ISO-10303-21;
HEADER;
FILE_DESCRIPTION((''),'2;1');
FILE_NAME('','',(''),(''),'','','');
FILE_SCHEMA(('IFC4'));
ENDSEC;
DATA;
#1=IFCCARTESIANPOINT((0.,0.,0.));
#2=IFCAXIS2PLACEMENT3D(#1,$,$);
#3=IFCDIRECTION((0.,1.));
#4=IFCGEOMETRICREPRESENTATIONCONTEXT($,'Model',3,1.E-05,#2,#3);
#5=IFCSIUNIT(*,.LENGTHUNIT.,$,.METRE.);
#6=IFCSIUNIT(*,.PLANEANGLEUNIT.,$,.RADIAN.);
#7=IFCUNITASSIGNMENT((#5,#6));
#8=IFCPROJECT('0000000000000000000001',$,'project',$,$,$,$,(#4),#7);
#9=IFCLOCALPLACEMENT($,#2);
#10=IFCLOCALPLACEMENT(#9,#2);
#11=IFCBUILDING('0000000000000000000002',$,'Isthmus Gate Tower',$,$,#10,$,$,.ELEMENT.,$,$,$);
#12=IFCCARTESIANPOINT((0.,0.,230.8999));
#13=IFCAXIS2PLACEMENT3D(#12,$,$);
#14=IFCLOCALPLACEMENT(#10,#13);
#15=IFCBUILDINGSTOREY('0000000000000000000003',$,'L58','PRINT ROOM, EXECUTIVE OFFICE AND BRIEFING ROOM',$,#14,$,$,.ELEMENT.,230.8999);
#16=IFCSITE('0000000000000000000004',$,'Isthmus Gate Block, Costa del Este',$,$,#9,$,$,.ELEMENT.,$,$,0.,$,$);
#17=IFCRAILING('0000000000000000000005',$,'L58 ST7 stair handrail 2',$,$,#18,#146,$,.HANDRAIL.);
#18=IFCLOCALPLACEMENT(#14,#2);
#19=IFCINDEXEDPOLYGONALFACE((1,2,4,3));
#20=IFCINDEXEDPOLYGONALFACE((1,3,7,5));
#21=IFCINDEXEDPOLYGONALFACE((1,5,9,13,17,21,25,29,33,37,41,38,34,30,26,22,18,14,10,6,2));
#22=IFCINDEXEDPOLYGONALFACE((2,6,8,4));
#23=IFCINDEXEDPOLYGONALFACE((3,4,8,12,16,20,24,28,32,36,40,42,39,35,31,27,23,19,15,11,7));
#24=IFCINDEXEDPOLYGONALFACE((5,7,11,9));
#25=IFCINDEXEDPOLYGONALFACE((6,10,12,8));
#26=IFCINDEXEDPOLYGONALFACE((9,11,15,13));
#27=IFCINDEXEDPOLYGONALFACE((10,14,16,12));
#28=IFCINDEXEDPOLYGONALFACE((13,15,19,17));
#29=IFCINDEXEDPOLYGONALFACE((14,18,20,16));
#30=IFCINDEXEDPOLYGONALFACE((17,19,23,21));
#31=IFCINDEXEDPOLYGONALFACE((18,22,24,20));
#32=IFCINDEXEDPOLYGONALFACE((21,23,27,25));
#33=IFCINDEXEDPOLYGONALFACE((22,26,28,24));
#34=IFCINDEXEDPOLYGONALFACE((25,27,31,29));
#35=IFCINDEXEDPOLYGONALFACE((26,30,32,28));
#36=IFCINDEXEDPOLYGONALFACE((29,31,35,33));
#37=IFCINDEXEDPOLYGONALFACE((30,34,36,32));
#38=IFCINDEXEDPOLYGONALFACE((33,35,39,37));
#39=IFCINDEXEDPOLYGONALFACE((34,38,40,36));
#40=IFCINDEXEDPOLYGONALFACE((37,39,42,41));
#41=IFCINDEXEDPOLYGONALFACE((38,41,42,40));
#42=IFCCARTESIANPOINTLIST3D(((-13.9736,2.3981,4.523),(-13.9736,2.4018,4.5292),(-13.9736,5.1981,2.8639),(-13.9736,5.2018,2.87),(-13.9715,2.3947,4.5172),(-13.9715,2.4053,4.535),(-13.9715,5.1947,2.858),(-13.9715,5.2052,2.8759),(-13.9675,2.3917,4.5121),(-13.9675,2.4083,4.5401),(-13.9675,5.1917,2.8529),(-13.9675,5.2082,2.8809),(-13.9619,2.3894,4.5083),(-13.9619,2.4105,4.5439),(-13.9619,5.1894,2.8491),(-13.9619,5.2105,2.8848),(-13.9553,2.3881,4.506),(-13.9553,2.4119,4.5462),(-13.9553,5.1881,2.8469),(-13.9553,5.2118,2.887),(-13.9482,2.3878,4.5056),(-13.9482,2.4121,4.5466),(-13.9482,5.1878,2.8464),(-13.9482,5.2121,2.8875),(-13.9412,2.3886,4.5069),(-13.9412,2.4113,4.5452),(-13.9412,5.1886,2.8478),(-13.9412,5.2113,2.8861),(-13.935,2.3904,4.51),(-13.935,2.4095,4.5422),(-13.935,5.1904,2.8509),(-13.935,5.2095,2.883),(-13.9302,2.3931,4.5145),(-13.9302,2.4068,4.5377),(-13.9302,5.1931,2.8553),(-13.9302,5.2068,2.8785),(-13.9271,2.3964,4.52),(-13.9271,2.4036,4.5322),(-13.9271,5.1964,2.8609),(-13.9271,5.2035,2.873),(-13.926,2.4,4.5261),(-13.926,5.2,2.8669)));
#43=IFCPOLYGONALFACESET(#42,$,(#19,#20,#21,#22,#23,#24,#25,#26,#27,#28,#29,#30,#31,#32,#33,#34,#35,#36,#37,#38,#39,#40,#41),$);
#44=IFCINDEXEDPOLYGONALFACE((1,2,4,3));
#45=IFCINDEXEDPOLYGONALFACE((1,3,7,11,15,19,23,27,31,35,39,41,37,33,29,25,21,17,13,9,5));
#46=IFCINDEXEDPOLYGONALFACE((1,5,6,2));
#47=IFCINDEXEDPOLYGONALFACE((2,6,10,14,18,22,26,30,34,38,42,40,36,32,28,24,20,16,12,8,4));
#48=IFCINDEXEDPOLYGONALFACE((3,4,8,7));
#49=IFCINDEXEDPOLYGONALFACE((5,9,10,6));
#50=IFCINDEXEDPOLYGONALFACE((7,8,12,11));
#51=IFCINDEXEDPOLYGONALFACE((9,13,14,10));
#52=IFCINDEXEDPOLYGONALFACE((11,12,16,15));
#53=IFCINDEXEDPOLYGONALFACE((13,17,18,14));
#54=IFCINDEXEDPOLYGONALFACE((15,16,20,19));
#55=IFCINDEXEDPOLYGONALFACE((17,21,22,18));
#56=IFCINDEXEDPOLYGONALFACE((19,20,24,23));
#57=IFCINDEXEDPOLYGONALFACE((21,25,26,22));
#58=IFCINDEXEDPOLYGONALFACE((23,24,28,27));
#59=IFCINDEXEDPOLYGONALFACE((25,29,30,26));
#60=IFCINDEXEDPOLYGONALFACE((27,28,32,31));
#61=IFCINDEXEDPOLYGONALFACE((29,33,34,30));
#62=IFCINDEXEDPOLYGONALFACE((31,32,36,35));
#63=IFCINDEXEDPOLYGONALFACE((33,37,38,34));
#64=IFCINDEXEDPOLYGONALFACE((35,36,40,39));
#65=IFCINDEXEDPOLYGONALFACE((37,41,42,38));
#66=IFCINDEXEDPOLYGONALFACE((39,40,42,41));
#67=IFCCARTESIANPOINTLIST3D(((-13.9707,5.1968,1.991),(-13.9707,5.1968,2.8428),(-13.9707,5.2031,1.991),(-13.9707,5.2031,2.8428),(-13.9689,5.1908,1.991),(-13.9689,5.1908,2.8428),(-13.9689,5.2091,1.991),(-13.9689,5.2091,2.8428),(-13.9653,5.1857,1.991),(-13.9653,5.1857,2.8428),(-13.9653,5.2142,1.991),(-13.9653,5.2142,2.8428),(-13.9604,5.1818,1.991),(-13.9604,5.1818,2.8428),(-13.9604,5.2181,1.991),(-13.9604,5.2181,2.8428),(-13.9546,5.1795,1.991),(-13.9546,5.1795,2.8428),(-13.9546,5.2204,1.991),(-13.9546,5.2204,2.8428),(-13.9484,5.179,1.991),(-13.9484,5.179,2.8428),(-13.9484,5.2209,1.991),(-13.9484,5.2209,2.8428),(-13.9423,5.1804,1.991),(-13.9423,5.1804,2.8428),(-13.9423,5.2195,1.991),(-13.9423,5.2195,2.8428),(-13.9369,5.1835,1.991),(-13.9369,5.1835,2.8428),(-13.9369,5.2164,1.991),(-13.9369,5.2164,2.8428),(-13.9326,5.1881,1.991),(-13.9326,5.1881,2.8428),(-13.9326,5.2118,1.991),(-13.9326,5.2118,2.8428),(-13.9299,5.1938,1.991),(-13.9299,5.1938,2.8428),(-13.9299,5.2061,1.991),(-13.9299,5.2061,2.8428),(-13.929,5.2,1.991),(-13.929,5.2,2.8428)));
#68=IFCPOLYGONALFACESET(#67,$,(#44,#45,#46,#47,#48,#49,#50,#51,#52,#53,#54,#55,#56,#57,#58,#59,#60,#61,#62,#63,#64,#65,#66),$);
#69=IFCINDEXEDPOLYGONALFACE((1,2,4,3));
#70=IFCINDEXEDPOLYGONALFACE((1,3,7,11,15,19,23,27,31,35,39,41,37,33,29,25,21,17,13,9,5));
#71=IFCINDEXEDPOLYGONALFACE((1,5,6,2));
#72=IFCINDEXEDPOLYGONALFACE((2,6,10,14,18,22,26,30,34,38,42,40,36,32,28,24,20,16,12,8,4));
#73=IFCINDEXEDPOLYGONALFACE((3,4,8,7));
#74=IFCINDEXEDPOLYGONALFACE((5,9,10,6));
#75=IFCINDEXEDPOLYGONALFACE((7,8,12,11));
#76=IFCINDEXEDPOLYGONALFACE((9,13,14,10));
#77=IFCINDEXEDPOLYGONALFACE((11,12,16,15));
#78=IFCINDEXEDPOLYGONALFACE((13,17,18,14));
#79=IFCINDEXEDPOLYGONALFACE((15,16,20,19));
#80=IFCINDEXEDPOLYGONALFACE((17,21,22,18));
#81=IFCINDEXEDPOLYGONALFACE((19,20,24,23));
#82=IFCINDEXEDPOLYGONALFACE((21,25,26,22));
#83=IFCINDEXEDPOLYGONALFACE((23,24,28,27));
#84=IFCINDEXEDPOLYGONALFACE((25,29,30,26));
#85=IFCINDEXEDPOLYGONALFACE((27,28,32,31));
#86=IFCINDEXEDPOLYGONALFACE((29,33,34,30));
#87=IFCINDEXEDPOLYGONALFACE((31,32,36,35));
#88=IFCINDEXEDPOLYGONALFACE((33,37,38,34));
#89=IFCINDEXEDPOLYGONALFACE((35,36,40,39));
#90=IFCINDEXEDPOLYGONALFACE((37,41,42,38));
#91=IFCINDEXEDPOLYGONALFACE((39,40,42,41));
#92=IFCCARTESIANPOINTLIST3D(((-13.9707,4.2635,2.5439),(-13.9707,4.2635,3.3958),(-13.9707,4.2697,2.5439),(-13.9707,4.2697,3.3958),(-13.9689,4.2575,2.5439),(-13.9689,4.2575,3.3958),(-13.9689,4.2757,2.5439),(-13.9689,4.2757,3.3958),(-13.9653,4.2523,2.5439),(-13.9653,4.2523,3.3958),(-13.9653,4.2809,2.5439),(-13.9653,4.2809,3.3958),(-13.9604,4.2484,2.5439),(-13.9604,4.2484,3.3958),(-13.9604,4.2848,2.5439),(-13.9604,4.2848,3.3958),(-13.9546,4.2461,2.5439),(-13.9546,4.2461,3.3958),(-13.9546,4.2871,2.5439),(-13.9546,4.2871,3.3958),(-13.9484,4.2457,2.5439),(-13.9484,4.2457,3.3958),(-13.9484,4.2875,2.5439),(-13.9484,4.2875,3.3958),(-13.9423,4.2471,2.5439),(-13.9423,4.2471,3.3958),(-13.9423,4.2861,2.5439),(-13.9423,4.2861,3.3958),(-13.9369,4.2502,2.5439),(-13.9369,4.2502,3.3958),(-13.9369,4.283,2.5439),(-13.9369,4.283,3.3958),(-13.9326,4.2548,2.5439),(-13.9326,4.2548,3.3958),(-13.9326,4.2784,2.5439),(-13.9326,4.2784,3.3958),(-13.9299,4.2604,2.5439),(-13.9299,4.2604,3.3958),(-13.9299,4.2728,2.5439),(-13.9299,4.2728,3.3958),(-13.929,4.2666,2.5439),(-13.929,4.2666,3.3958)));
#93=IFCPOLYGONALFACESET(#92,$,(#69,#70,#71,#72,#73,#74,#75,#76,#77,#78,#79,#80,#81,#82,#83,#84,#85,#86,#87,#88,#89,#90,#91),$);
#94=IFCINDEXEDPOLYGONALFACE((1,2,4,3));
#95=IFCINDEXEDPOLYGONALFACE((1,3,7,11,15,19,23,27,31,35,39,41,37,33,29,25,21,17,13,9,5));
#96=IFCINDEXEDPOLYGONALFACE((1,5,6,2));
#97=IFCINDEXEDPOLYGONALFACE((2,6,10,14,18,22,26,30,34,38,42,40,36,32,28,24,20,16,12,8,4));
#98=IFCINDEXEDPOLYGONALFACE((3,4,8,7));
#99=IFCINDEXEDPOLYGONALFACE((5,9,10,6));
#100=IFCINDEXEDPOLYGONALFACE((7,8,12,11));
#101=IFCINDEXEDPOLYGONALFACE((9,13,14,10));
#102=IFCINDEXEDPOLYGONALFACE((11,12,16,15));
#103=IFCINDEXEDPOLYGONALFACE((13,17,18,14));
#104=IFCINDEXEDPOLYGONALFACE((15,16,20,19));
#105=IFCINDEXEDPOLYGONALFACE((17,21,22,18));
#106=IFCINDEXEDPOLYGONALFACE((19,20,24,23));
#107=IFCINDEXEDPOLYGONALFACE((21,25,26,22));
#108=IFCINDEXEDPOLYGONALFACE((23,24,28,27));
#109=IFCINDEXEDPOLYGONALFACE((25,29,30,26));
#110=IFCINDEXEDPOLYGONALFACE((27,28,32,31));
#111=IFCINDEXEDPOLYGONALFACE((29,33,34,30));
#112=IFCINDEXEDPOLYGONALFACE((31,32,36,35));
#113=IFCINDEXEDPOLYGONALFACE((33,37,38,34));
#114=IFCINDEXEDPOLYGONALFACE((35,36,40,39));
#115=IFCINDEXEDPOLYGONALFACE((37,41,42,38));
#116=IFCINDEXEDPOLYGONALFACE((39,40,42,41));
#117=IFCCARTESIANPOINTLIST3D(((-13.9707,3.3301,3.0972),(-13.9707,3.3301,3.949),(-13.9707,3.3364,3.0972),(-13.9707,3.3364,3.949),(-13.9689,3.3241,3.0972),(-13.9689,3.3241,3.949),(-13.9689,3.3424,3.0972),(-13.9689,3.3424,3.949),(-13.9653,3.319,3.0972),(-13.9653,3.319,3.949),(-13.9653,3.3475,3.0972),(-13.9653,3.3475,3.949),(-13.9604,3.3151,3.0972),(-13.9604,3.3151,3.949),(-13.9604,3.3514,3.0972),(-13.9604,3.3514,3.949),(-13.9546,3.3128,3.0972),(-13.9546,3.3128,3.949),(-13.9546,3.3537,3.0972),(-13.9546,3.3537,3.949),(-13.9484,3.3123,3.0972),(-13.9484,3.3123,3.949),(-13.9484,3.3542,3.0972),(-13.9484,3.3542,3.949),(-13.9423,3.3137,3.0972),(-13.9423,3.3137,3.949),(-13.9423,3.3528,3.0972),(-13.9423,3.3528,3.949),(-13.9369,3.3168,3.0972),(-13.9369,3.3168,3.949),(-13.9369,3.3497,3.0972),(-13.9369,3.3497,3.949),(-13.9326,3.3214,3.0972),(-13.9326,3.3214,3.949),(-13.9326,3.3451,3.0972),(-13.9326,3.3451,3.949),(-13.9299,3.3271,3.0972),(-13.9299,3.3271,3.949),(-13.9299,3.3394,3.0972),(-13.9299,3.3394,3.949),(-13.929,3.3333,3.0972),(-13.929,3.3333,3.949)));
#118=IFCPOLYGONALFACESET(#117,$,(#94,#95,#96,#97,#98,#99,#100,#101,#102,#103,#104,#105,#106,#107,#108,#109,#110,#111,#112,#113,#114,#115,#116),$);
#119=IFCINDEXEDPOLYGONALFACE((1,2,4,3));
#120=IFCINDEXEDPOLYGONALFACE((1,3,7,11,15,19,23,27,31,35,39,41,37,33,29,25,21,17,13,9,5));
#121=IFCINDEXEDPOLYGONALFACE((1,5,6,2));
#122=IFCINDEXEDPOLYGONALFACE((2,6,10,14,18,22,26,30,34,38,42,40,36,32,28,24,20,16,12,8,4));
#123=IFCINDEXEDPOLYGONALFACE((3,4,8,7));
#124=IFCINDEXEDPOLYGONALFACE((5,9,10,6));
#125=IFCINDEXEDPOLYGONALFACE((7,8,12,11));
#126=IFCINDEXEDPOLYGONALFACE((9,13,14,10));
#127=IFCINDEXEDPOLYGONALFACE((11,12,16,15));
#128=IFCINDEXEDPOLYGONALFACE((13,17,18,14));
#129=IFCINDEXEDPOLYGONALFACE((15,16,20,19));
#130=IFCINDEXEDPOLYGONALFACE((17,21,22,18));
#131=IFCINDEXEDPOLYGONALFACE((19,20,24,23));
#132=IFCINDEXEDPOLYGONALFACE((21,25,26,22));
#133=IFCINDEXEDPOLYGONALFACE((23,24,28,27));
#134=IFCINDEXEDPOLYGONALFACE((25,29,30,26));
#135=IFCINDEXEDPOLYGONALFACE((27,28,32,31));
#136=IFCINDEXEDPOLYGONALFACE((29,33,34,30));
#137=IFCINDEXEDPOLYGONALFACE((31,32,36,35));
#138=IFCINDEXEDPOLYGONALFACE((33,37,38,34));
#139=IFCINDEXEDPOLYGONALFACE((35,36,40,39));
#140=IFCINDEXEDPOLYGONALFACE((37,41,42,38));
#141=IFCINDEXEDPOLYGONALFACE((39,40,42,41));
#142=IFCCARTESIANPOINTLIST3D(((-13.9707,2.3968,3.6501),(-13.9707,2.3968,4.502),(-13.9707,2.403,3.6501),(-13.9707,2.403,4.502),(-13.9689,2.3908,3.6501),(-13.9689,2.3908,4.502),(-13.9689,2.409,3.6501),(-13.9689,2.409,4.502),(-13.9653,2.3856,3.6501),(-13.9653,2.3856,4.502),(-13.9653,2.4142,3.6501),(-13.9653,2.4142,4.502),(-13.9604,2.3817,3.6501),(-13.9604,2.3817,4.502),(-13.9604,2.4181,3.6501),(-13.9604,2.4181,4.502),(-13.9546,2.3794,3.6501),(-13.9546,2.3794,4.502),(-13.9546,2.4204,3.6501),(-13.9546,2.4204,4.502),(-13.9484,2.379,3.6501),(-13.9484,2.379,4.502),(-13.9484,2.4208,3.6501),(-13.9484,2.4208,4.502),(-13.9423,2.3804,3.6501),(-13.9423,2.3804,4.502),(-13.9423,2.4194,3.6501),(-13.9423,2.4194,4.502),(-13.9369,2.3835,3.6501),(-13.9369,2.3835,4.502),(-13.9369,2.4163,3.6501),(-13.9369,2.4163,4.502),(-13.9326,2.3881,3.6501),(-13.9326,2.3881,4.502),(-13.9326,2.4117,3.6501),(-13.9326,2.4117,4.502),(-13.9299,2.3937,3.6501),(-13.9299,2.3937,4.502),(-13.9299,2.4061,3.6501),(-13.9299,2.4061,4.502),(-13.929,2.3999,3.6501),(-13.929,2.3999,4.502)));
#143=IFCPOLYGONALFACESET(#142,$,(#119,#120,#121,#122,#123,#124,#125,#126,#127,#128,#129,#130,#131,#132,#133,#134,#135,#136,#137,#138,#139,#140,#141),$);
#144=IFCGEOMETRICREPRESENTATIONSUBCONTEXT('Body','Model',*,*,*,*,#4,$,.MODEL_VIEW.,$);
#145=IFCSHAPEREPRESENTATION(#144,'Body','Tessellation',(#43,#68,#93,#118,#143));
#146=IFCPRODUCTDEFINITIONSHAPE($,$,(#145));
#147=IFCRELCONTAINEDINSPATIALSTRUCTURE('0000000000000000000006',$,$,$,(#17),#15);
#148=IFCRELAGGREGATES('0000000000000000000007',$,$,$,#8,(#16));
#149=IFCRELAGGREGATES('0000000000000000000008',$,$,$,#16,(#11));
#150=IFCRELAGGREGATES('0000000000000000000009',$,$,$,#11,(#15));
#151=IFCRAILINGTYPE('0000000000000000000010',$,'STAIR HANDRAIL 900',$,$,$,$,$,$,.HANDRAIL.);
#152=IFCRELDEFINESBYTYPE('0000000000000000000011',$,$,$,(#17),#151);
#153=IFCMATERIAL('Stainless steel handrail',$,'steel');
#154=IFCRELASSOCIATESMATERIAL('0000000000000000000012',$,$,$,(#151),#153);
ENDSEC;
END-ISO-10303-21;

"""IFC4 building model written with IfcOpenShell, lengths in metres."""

from ifc_helpers import new_model, si_unit, direction, frame, origin, origin_2d, place, context, subcontext, project, spatial, circle, extrude, material, type_object, element, save


model = new_model("IFC4")

# Units and contexts
model_context = context("Model", 3, precision=1e-05, world=origin(), true_north=direction((0.0, 1.0)))
body_context = subcontext(model_context, "Body", "Model", "MODEL_VIEW")
ifc_project = project(units=[si_unit("LENGTHUNIT", "METRE"), si_unit("PLANEANGLEUNIT", "RADIAN")], contexts=[model_context])

# Site, building, storey
site_placement = place(None, origin())
site = spatial("IfcSite", under=ifc_project, at=site_placement, Name="Isthmus Gate Block, Costa del Este", CompositionType="ELEMENT", RefElevation=0.0)
building_placement = place(site_placement, origin())
building = spatial("IfcBuilding", under=site, at=building_placement, Name="Isthmus Gate Tower", CompositionType="ELEMENT")
storey_placement = place(building_placement, frame((0.0, 0.0, 230.8999)))
storey = spatial("IfcBuildingStorey", under=building, at=storey_placement, Name="L58", Description="PRINT ROOM, EXECUTIVE OFFICE AND BRIEFING ROOM", CompositionType="ELEMENT", Elevation=230.8999)

# Railing
ifc_material_1 = material(Name="Stainless steel handrail", Category="steel")
railing_type = type_object("IfcRailingType", Name="STAIR HANDRAIL 900", PredefinedType="HANDRAIL", material=ifc_material_1)
for number, where, name in (
    (1, (-13.95, 5.2, 1.991), "L58 ST7 stair handrail 2"),
):
    element("IfcRailing", number, at=place(storey_placement, frame(where)), inside=storey, type_object=railing_type, Name=name, PredefinedType="HANDRAIL", context=body_context, shape_type="SweptSolid", body=[
        extrude(circle(Radius=0.0239, at=origin_2d()), frame((0.0, 0.0, 0.876), z_axis=(0.0, -0.860306, 0.509778), x_axis=(1.0, 0.0, 0.0)), (0.0, 0.0, 1.0), 3.2546),
        extrude(circle(Radius=0.021, at=origin_2d()), origin(), (0.0, 0.0, 1.0), 0.8518),
        extrude(circle(Radius=0.021, at=origin_2d()), frame((0.0, -0.9333, 0.553)), (0.0, 0.0, 1.0), 0.8518),
        extrude(circle(Radius=0.021, at=origin_2d()), frame((0.0, -1.8667, 1.1062)), (0.0, 0.0, 1.0), 0.8518),
        extrude(circle(Radius=0.021, at=origin_2d()), frame((0.0, -2.8, 1.6592)), (0.0, 0.0, 1.0), 0.8518),
    ])

save(model, "model.ifc")
